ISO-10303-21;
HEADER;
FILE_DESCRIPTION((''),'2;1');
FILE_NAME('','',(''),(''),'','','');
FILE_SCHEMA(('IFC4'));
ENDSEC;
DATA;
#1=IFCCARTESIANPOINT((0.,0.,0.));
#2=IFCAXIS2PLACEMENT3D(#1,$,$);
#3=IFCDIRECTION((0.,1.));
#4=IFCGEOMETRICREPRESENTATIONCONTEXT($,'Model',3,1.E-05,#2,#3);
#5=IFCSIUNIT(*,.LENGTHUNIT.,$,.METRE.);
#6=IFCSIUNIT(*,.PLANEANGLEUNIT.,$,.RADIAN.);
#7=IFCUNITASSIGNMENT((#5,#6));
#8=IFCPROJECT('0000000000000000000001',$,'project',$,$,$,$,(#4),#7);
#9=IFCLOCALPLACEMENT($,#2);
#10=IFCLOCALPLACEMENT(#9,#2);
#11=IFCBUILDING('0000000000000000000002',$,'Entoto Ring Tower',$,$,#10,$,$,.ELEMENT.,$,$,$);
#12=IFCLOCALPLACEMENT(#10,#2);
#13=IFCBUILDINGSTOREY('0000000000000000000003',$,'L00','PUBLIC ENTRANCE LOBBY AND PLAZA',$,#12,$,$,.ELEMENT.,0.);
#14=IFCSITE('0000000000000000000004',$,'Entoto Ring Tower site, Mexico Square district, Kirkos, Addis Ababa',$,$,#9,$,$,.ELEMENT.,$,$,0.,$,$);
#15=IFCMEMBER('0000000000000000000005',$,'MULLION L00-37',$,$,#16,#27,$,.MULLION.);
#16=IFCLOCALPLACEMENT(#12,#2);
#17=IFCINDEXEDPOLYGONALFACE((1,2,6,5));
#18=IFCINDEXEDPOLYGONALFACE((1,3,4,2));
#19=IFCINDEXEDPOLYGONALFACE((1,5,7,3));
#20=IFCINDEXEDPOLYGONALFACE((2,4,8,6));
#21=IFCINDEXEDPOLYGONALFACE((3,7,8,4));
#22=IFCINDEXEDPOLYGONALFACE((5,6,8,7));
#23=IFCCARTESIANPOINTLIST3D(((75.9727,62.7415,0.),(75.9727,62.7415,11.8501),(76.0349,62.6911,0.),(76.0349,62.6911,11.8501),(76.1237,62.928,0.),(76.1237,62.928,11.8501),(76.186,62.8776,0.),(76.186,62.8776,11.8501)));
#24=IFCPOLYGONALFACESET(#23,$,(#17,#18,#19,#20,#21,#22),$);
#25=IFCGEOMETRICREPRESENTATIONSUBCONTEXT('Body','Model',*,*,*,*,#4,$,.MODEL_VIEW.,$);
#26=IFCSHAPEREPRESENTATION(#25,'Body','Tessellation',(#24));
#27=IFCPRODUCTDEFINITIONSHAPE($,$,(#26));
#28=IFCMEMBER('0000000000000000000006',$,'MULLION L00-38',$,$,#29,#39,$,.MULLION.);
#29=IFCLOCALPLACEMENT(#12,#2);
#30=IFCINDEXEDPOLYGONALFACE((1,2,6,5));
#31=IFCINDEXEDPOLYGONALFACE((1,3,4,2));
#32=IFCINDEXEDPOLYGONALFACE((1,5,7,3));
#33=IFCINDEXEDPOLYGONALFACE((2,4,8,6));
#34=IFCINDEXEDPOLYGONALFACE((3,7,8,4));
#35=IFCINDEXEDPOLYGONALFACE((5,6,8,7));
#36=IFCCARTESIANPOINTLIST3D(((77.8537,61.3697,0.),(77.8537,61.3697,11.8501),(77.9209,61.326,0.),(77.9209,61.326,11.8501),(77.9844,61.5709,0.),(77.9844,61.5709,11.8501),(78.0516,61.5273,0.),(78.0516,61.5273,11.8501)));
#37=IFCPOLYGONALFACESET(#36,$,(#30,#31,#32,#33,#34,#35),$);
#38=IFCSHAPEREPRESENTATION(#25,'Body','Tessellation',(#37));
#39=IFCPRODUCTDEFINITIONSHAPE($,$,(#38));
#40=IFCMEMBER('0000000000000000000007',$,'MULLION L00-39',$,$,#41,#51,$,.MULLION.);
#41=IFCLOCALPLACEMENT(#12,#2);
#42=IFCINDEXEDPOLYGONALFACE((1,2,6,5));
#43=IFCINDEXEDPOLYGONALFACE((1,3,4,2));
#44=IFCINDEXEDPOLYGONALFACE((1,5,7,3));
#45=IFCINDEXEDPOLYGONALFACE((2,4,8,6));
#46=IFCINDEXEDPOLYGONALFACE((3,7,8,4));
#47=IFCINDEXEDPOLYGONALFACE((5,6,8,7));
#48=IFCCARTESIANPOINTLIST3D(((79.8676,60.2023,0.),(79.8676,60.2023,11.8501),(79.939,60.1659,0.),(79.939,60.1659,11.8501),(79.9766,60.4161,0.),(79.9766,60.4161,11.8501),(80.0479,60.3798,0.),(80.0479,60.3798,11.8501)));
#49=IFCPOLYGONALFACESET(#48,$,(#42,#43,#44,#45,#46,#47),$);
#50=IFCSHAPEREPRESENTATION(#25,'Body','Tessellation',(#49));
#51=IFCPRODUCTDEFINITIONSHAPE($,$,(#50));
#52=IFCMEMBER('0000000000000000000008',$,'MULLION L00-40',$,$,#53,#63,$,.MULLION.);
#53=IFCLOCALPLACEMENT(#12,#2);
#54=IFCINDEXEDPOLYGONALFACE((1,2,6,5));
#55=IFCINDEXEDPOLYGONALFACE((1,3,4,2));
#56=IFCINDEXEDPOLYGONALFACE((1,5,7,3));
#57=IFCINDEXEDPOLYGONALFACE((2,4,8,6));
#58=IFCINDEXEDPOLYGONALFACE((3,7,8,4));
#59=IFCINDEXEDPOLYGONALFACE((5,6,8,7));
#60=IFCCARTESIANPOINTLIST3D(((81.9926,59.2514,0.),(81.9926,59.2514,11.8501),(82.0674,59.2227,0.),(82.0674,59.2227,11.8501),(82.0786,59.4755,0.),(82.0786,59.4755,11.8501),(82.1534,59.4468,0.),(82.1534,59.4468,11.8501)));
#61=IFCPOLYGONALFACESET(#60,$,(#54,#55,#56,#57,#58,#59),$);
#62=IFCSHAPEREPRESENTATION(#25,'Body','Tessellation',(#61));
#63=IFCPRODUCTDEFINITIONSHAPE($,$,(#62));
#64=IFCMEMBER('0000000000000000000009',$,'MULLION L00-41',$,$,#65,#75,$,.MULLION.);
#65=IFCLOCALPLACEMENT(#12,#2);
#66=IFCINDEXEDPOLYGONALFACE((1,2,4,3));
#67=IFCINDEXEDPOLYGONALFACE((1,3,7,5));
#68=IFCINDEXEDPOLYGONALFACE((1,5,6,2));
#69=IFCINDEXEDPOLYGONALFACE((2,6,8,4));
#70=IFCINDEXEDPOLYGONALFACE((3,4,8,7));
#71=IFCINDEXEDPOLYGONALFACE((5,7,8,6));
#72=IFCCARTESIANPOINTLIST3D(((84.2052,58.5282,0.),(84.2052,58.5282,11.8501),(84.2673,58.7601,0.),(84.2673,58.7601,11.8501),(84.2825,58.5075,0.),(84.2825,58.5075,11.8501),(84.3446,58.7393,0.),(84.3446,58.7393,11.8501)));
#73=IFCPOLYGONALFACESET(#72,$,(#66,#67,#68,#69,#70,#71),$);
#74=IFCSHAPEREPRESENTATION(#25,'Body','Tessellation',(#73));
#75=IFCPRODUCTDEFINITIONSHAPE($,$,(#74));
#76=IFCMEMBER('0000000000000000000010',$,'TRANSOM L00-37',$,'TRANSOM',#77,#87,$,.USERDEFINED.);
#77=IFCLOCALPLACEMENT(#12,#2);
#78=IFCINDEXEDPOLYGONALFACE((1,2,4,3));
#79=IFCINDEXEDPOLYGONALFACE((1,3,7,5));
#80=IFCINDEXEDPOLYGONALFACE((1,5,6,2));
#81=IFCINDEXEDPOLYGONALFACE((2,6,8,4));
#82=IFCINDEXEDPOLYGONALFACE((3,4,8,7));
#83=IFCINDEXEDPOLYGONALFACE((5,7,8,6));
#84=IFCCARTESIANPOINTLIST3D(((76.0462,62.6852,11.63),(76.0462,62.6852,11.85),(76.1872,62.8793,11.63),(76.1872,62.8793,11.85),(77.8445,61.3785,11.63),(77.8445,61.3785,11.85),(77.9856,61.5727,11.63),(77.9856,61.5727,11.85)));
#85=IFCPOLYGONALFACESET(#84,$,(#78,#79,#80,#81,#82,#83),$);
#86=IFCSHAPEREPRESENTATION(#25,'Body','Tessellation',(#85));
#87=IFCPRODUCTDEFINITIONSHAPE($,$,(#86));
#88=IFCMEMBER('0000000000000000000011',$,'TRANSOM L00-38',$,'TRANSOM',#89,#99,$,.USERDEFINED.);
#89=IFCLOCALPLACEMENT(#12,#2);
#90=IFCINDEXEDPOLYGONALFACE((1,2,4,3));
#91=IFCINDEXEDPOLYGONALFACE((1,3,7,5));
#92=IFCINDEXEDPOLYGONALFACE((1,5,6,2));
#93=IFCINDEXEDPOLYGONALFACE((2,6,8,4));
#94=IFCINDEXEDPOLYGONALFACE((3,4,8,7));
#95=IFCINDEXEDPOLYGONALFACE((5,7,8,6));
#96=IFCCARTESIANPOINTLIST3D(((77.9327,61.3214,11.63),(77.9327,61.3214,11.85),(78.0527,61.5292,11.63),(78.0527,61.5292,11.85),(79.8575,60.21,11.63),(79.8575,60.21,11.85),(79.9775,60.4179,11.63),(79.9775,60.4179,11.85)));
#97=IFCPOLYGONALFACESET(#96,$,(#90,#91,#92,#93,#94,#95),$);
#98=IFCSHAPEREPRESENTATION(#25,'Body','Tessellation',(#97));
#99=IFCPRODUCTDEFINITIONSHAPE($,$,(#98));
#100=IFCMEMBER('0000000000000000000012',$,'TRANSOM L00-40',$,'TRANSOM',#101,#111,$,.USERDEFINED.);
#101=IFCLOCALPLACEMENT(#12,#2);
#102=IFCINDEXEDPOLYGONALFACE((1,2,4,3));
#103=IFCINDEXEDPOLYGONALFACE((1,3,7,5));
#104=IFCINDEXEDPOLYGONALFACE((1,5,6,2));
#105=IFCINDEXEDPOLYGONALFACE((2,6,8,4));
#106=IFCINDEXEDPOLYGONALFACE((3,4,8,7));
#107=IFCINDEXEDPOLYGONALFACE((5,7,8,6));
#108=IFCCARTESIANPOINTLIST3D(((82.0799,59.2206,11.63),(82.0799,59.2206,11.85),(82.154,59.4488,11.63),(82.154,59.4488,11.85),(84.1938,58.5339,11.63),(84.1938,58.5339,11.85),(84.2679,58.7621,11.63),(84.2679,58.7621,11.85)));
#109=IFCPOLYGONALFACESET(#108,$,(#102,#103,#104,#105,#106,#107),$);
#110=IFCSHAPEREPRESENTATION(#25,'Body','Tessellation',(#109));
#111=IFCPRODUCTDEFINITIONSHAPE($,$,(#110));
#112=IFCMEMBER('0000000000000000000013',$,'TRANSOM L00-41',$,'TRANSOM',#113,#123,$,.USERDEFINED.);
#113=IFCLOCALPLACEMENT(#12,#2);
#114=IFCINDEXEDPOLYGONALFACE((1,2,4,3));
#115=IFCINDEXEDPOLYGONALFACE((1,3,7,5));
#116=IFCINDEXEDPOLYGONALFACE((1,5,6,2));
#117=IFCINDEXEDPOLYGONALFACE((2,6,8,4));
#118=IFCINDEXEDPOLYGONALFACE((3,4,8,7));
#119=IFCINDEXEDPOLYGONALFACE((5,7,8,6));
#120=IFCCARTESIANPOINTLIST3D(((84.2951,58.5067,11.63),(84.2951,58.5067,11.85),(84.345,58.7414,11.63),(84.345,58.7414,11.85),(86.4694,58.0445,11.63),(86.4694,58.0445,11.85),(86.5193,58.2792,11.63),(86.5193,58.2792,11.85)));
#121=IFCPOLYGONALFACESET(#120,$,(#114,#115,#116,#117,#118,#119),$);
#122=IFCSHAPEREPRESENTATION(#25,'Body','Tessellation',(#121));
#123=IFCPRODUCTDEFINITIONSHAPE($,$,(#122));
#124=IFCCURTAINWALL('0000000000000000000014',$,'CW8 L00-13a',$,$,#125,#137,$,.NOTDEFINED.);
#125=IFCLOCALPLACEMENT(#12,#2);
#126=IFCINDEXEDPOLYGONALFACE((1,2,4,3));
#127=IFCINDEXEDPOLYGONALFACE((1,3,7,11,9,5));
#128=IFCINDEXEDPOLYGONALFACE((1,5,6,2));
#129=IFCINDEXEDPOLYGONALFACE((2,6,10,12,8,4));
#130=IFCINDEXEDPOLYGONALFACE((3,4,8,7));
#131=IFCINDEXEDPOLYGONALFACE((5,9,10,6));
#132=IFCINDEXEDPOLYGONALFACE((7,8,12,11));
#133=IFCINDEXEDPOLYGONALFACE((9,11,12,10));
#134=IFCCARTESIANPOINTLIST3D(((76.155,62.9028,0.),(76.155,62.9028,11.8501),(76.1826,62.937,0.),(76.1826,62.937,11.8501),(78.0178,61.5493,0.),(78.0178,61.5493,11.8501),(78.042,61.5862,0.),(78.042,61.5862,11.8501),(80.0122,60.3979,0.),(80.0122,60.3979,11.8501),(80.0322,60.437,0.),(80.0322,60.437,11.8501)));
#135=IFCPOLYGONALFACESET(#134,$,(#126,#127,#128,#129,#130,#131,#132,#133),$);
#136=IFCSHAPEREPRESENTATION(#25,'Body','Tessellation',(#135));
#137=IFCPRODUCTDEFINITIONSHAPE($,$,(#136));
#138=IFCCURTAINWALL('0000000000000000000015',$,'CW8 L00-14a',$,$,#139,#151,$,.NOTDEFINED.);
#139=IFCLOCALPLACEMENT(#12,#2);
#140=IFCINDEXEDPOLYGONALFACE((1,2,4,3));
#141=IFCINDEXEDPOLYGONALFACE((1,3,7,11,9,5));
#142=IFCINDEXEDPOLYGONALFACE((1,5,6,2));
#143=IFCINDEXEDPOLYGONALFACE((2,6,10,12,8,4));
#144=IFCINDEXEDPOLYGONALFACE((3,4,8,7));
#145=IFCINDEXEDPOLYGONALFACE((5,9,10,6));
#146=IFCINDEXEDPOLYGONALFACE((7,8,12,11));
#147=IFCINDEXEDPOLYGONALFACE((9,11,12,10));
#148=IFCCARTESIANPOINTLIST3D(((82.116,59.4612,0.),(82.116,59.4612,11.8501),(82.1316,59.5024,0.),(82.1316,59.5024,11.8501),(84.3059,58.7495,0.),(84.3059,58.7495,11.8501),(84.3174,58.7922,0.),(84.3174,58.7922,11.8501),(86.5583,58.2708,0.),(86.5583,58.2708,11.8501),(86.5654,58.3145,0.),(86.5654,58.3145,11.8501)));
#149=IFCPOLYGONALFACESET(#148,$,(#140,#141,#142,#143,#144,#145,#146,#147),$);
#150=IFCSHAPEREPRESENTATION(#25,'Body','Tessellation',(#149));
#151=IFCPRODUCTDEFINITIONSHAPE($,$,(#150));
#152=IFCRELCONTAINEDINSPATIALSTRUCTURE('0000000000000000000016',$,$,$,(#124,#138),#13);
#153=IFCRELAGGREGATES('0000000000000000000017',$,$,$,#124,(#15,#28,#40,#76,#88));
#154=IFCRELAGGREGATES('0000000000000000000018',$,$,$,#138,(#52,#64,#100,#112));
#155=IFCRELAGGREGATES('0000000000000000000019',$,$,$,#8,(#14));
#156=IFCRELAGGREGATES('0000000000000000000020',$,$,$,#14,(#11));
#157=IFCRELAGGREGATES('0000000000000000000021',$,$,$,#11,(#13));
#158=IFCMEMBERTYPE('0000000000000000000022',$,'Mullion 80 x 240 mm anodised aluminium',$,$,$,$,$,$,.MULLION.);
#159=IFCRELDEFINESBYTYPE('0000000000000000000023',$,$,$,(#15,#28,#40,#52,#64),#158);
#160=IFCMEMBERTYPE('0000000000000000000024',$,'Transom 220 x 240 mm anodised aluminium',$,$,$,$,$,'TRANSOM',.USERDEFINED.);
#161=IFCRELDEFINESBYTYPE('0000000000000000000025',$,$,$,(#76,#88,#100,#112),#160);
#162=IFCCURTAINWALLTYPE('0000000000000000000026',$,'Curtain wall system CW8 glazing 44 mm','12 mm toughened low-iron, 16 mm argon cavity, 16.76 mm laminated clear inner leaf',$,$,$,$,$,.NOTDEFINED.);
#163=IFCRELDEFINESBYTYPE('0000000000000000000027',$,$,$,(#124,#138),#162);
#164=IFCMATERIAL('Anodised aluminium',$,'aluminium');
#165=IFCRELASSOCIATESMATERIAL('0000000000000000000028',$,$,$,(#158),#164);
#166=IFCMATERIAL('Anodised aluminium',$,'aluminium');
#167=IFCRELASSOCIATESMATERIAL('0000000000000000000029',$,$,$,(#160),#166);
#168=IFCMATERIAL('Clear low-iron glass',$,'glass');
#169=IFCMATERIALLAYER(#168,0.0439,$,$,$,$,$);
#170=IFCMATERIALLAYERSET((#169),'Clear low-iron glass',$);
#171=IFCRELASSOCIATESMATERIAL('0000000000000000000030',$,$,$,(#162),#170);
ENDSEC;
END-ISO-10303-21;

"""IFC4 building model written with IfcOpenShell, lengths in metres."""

from ifc_helpers import new_model, si_unit, direction, frame, origin, origin_2d, place, context, subcontext, project, spatial, polyline, rectangle, outline, extrude, material, layer, layer_set, material_profile, profile_set, type_object, element, aggregate, save


model = new_model("IFC4")

# Units and contexts
model_context = context("Model", 3, precision=1e-05, world=origin(), true_north=direction((0.0, 1.0)))
body_context = subcontext(model_context, "Body", "Model", "MODEL_VIEW")
ifc_project = project(units=[si_unit("LENGTHUNIT", "METRE"), si_unit("PLANEANGLEUNIT", "RADIAN")], contexts=[model_context])

# Members
ifc_material_1 = material(Name="Anodised aluminium", Category="aluminium")
ifc_material_profile_1 = material_profile(ifc_material_1, rectangle(XDim=0.0801, YDim=0.24, at=origin_2d()), Name="Mullion 80 x 240 mm anodised aluminium")
ifc_profile_set_1 = profile_set([ifc_material_profile_1], Name="Anodised aluminium")
member_type_1 = type_object("IfcMemberType", Name="Mullion 80 x 240 mm anodised aluminium", PredefinedType="MULLION", material=ifc_profile_set_1)
site_placement = place(None, origin())
building_placement = place(site_placement, origin())
storey_placement = place(building_placement, origin())
member_1_placement = place(storey_placement, frame((76.0793, 62.8096, 0.0), z_axis=(0.0, 0.0, 1.0), x_axis=(0.777146, -0.62932, 0.0)))
member_1 = element("IfcMember", 1, at=member_1_placement, type_object=member_type_1, Name="MULLION L00-37", PredefinedType="MULLION", context=body_context, shape_type="SweptSolid", body=[
    extrude(rectangle(XDim=0.0801, YDim=0.24, at=origin_2d()), origin(), (0.0, 0.0, 1.0), 11.8501),
])
member_2_placement = place(storey_placement, frame((77.9526, 61.4485, 0.0), z_axis=(0.0, 0.0, 1.0), x_axis=(0.838671, -0.544639, 0.0)))
member_2 = element("IfcMember", 2, at=member_2_placement, type_object=member_type_1, Name="MULLION L00-38", PredefinedType="MULLION", context=body_context, shape_type="SweptSolid", body=[
    extrude(rectangle(XDim=0.0801, YDim=0.24, at=origin_2d()), origin(), (0.0, 0.0, 1.0), 11.8501),
])
member_3_placement = place(storey_placement, frame((79.9578, 60.291, 0.0), z_axis=(0.0, 0.0, 1.0), x_axis=(0.891007, -0.45399, 0.0)))
member_3 = element("IfcMember", 3, at=member_3_placement, type_object=member_type_1, Name="MULLION L00-39", PredefinedType="MULLION", context=body_context, shape_type="SweptSolid", body=[
    extrude(rectangle(XDim=0.0801, YDim=0.24, at=origin_2d()), origin(), (0.0, 0.0, 1.0), 11.8501),
])
member_4_placement = place(storey_placement, frame((82.073, 59.3491, 0.0), z_axis=(0.0, 0.0, 1.0), x_axis=(0.93358, -0.358368, 0.0)))
member_4 = element("IfcMember", 4, at=member_4_placement, type_object=member_type_1, Name="MULLION L00-40", PredefinedType="MULLION", context=body_context, shape_type="SweptSolid", body=[
    extrude(rectangle(XDim=0.0801, YDim=0.24, at=origin_2d()), origin(), (0.0, 0.0, 1.0), 11.8501),
])
member_5_placement = place(storey_placement, frame((84.2749, 58.6338, 0.0), z_axis=(0.0, 0.0, 1.0), x_axis=(0.965926, -0.258819, 0.0)))
member_5 = element("IfcMember", 5, at=member_5_placement, type_object=member_type_1, Name="MULLION L00-41", PredefinedType="MULLION", context=body_context, shape_type="SweptSolid", body=[
    extrude(rectangle(XDim=0.0801, YDim=0.24, at=origin_2d()), origin(), (0.0, 0.0, 1.0), 11.8501),
])
ifc_material_2 = material(Name="Anodised aluminium", Category="aluminium")
ifc_material_profile_2 = material_profile(ifc_material_2, rectangle(XDim=0.24, YDim=0.22, at=origin_2d()), Name="Transom 220 x 240 mm anodised aluminium")
ifc_profile_set_2 = profile_set([ifc_material_profile_2], Name="Anodised aluminium")
member_type_2 = type_object("IfcMemberType", Name="Transom 220 x 240 mm anodised aluminium", ElementType="TRANSOM", PredefinedType="USERDEFINED", material=ifc_profile_set_2)
member_6_placement = place(storey_placement, frame((76.1167, 62.7822, 11.74), z_axis=(0.809002, -0.587806, 0.0), x_axis=(0.587806, 0.809002, 0.0)))
member_6 = element("IfcMember", 6, at=member_6_placement, type_object=member_type_2, Name="TRANSOM L00-37", ObjectType="TRANSOM", PredefinedType="USERDEFINED", context=body_context, shape_type="SweptSolid", body=[
    extrude(rectangle(XDim=0.24, YDim=0.22, at=origin_2d()), origin(), (0.0, 0.0, 1.0), 2.2229),
])
member_7_placement = place(storey_placement, frame((77.9927, 61.4253, 11.74), z_axis=(0.866017, -0.500014, 0.0), x_axis=(0.500014, 0.866017, 0.0)))
member_7 = element("IfcMember", 7, at=member_7_placement, type_object=member_type_2, Name="TRANSOM L00-38", ObjectType="TRANSOM", PredefinedType="USERDEFINED", context=body_context, shape_type="SweptSolid", body=[
    extrude(rectangle(XDim=0.24, YDim=0.22, at=origin_2d()), origin(), (0.0, 0.0, 1.0), 2.2227),
])
member_8_placement = place(storey_placement, frame((82.1169, 59.3347, 11.74), z_axis=(0.951072, -0.308969, 0.0), x_axis=(0.308969, 0.951072, 0.0)))
member_8 = element("IfcMember", 8, at=member_8_placement, type_object=member_type_2, Name="TRANSOM L00-40", ObjectType="TRANSOM", PredefinedType="USERDEFINED", context=body_context, shape_type="SweptSolid", body=[
    extrude(rectangle(XDim=0.24, YDim=0.22, at=origin_2d()), origin(), (0.0, 0.0, 1.0), 2.2227),
])
member_9_placement = place(storey_placement, frame((84.3201, 58.624, 11.74), z_axis=(0.978148, -0.207909, 0.0), x_axis=(0.207909, 0.978148, 0.0)))
member_9 = element("IfcMember", 9, at=member_9_placement, type_object=member_type_2, Name="TRANSOM L00-41", ObjectType="TRANSOM", PredefinedType="USERDEFINED", context=body_context, shape_type="SweptSolid", body=[
    extrude(rectangle(XDim=0.24, YDim=0.22, at=origin_2d()), origin(), (0.0, 0.0, 1.0), 2.2229),
])

# Site, building, storey
site = spatial("IfcSite", under=ifc_project, at=site_placement, Name="Entoto Ring Tower site, Mexico Square district, Kirkos, Addis Ababa", CompositionType="ELEMENT", RefElevation=0.0)
building = spatial("IfcBuilding", under=site, at=building_placement, Name="Entoto Ring Tower", CompositionType="ELEMENT")
storey = spatial("IfcBuildingStorey", under=building, at=storey_placement, Name="L00", Description="PUBLIC ENTRANCE LOBBY AND PLAZA", CompositionType="ELEMENT", Elevation=0.0)

# Curtain walls
ifc_material_3 = material(Name="Clear low-iron glass", Category="glass")
ifc_layer = layer(ifc_material_3, 0.0439)
ifc_layer_set = layer_set([ifc_layer], Name="Clear low-iron glass")
curtain_wall_type = type_object("IfcCurtainWallType", Name="Curtain wall system CW8 glazing 44 mm", Description="12 mm toughened low-iron, 16 mm argon cavity, 16.76 mm laminated clear inner leaf", PredefinedType="NOTDEFINED", material=ifc_layer_set)
curtain_wall_1_placement = place(storey_placement, origin())
curtain_wall_1 = element("IfcCurtainWall", 10, at=curtain_wall_1_placement, inside=storey, type_object=curtain_wall_type, Name="CW8 L00-13a", PredefinedType="NOTDEFINED", context=body_context, shape_type="SweptSolid", body=[
    extrude(outline(polyline([(76.155, 62.9028), (78.0178, 61.5493), (80.0122, 60.3979), (80.0322, 60.437), (78.042, 61.5862), (76.1826, 62.937), (76.155, 62.9028)])), origin(), (0.0, 0.0, 1.0), 11.8501),
])
aggregate(curtain_wall_1, [member_1, member_2, member_3, member_6, member_7])
curtain_wall_2_placement = place(storey_placement, origin())
curtain_wall_2 = element("IfcCurtainWall", 11, at=curtain_wall_2_placement, inside=storey, type_object=curtain_wall_type, Name="CW8 L00-14a", PredefinedType="NOTDEFINED", context=body_context, shape_type="SweptSolid", body=[
    extrude(outline(polyline([(82.116, 59.4612), (84.3059, 58.7495), (86.5583, 58.2708), (86.5654, 58.3145), (84.3174, 58.7922), (82.1316, 59.5024), (82.116, 59.4612)])), origin(), (0.0, 0.0, 1.0), 11.8501),
])
aggregate(curtain_wall_2, [member_4, member_5, member_8, member_9])

save(model, "model.ifc")
